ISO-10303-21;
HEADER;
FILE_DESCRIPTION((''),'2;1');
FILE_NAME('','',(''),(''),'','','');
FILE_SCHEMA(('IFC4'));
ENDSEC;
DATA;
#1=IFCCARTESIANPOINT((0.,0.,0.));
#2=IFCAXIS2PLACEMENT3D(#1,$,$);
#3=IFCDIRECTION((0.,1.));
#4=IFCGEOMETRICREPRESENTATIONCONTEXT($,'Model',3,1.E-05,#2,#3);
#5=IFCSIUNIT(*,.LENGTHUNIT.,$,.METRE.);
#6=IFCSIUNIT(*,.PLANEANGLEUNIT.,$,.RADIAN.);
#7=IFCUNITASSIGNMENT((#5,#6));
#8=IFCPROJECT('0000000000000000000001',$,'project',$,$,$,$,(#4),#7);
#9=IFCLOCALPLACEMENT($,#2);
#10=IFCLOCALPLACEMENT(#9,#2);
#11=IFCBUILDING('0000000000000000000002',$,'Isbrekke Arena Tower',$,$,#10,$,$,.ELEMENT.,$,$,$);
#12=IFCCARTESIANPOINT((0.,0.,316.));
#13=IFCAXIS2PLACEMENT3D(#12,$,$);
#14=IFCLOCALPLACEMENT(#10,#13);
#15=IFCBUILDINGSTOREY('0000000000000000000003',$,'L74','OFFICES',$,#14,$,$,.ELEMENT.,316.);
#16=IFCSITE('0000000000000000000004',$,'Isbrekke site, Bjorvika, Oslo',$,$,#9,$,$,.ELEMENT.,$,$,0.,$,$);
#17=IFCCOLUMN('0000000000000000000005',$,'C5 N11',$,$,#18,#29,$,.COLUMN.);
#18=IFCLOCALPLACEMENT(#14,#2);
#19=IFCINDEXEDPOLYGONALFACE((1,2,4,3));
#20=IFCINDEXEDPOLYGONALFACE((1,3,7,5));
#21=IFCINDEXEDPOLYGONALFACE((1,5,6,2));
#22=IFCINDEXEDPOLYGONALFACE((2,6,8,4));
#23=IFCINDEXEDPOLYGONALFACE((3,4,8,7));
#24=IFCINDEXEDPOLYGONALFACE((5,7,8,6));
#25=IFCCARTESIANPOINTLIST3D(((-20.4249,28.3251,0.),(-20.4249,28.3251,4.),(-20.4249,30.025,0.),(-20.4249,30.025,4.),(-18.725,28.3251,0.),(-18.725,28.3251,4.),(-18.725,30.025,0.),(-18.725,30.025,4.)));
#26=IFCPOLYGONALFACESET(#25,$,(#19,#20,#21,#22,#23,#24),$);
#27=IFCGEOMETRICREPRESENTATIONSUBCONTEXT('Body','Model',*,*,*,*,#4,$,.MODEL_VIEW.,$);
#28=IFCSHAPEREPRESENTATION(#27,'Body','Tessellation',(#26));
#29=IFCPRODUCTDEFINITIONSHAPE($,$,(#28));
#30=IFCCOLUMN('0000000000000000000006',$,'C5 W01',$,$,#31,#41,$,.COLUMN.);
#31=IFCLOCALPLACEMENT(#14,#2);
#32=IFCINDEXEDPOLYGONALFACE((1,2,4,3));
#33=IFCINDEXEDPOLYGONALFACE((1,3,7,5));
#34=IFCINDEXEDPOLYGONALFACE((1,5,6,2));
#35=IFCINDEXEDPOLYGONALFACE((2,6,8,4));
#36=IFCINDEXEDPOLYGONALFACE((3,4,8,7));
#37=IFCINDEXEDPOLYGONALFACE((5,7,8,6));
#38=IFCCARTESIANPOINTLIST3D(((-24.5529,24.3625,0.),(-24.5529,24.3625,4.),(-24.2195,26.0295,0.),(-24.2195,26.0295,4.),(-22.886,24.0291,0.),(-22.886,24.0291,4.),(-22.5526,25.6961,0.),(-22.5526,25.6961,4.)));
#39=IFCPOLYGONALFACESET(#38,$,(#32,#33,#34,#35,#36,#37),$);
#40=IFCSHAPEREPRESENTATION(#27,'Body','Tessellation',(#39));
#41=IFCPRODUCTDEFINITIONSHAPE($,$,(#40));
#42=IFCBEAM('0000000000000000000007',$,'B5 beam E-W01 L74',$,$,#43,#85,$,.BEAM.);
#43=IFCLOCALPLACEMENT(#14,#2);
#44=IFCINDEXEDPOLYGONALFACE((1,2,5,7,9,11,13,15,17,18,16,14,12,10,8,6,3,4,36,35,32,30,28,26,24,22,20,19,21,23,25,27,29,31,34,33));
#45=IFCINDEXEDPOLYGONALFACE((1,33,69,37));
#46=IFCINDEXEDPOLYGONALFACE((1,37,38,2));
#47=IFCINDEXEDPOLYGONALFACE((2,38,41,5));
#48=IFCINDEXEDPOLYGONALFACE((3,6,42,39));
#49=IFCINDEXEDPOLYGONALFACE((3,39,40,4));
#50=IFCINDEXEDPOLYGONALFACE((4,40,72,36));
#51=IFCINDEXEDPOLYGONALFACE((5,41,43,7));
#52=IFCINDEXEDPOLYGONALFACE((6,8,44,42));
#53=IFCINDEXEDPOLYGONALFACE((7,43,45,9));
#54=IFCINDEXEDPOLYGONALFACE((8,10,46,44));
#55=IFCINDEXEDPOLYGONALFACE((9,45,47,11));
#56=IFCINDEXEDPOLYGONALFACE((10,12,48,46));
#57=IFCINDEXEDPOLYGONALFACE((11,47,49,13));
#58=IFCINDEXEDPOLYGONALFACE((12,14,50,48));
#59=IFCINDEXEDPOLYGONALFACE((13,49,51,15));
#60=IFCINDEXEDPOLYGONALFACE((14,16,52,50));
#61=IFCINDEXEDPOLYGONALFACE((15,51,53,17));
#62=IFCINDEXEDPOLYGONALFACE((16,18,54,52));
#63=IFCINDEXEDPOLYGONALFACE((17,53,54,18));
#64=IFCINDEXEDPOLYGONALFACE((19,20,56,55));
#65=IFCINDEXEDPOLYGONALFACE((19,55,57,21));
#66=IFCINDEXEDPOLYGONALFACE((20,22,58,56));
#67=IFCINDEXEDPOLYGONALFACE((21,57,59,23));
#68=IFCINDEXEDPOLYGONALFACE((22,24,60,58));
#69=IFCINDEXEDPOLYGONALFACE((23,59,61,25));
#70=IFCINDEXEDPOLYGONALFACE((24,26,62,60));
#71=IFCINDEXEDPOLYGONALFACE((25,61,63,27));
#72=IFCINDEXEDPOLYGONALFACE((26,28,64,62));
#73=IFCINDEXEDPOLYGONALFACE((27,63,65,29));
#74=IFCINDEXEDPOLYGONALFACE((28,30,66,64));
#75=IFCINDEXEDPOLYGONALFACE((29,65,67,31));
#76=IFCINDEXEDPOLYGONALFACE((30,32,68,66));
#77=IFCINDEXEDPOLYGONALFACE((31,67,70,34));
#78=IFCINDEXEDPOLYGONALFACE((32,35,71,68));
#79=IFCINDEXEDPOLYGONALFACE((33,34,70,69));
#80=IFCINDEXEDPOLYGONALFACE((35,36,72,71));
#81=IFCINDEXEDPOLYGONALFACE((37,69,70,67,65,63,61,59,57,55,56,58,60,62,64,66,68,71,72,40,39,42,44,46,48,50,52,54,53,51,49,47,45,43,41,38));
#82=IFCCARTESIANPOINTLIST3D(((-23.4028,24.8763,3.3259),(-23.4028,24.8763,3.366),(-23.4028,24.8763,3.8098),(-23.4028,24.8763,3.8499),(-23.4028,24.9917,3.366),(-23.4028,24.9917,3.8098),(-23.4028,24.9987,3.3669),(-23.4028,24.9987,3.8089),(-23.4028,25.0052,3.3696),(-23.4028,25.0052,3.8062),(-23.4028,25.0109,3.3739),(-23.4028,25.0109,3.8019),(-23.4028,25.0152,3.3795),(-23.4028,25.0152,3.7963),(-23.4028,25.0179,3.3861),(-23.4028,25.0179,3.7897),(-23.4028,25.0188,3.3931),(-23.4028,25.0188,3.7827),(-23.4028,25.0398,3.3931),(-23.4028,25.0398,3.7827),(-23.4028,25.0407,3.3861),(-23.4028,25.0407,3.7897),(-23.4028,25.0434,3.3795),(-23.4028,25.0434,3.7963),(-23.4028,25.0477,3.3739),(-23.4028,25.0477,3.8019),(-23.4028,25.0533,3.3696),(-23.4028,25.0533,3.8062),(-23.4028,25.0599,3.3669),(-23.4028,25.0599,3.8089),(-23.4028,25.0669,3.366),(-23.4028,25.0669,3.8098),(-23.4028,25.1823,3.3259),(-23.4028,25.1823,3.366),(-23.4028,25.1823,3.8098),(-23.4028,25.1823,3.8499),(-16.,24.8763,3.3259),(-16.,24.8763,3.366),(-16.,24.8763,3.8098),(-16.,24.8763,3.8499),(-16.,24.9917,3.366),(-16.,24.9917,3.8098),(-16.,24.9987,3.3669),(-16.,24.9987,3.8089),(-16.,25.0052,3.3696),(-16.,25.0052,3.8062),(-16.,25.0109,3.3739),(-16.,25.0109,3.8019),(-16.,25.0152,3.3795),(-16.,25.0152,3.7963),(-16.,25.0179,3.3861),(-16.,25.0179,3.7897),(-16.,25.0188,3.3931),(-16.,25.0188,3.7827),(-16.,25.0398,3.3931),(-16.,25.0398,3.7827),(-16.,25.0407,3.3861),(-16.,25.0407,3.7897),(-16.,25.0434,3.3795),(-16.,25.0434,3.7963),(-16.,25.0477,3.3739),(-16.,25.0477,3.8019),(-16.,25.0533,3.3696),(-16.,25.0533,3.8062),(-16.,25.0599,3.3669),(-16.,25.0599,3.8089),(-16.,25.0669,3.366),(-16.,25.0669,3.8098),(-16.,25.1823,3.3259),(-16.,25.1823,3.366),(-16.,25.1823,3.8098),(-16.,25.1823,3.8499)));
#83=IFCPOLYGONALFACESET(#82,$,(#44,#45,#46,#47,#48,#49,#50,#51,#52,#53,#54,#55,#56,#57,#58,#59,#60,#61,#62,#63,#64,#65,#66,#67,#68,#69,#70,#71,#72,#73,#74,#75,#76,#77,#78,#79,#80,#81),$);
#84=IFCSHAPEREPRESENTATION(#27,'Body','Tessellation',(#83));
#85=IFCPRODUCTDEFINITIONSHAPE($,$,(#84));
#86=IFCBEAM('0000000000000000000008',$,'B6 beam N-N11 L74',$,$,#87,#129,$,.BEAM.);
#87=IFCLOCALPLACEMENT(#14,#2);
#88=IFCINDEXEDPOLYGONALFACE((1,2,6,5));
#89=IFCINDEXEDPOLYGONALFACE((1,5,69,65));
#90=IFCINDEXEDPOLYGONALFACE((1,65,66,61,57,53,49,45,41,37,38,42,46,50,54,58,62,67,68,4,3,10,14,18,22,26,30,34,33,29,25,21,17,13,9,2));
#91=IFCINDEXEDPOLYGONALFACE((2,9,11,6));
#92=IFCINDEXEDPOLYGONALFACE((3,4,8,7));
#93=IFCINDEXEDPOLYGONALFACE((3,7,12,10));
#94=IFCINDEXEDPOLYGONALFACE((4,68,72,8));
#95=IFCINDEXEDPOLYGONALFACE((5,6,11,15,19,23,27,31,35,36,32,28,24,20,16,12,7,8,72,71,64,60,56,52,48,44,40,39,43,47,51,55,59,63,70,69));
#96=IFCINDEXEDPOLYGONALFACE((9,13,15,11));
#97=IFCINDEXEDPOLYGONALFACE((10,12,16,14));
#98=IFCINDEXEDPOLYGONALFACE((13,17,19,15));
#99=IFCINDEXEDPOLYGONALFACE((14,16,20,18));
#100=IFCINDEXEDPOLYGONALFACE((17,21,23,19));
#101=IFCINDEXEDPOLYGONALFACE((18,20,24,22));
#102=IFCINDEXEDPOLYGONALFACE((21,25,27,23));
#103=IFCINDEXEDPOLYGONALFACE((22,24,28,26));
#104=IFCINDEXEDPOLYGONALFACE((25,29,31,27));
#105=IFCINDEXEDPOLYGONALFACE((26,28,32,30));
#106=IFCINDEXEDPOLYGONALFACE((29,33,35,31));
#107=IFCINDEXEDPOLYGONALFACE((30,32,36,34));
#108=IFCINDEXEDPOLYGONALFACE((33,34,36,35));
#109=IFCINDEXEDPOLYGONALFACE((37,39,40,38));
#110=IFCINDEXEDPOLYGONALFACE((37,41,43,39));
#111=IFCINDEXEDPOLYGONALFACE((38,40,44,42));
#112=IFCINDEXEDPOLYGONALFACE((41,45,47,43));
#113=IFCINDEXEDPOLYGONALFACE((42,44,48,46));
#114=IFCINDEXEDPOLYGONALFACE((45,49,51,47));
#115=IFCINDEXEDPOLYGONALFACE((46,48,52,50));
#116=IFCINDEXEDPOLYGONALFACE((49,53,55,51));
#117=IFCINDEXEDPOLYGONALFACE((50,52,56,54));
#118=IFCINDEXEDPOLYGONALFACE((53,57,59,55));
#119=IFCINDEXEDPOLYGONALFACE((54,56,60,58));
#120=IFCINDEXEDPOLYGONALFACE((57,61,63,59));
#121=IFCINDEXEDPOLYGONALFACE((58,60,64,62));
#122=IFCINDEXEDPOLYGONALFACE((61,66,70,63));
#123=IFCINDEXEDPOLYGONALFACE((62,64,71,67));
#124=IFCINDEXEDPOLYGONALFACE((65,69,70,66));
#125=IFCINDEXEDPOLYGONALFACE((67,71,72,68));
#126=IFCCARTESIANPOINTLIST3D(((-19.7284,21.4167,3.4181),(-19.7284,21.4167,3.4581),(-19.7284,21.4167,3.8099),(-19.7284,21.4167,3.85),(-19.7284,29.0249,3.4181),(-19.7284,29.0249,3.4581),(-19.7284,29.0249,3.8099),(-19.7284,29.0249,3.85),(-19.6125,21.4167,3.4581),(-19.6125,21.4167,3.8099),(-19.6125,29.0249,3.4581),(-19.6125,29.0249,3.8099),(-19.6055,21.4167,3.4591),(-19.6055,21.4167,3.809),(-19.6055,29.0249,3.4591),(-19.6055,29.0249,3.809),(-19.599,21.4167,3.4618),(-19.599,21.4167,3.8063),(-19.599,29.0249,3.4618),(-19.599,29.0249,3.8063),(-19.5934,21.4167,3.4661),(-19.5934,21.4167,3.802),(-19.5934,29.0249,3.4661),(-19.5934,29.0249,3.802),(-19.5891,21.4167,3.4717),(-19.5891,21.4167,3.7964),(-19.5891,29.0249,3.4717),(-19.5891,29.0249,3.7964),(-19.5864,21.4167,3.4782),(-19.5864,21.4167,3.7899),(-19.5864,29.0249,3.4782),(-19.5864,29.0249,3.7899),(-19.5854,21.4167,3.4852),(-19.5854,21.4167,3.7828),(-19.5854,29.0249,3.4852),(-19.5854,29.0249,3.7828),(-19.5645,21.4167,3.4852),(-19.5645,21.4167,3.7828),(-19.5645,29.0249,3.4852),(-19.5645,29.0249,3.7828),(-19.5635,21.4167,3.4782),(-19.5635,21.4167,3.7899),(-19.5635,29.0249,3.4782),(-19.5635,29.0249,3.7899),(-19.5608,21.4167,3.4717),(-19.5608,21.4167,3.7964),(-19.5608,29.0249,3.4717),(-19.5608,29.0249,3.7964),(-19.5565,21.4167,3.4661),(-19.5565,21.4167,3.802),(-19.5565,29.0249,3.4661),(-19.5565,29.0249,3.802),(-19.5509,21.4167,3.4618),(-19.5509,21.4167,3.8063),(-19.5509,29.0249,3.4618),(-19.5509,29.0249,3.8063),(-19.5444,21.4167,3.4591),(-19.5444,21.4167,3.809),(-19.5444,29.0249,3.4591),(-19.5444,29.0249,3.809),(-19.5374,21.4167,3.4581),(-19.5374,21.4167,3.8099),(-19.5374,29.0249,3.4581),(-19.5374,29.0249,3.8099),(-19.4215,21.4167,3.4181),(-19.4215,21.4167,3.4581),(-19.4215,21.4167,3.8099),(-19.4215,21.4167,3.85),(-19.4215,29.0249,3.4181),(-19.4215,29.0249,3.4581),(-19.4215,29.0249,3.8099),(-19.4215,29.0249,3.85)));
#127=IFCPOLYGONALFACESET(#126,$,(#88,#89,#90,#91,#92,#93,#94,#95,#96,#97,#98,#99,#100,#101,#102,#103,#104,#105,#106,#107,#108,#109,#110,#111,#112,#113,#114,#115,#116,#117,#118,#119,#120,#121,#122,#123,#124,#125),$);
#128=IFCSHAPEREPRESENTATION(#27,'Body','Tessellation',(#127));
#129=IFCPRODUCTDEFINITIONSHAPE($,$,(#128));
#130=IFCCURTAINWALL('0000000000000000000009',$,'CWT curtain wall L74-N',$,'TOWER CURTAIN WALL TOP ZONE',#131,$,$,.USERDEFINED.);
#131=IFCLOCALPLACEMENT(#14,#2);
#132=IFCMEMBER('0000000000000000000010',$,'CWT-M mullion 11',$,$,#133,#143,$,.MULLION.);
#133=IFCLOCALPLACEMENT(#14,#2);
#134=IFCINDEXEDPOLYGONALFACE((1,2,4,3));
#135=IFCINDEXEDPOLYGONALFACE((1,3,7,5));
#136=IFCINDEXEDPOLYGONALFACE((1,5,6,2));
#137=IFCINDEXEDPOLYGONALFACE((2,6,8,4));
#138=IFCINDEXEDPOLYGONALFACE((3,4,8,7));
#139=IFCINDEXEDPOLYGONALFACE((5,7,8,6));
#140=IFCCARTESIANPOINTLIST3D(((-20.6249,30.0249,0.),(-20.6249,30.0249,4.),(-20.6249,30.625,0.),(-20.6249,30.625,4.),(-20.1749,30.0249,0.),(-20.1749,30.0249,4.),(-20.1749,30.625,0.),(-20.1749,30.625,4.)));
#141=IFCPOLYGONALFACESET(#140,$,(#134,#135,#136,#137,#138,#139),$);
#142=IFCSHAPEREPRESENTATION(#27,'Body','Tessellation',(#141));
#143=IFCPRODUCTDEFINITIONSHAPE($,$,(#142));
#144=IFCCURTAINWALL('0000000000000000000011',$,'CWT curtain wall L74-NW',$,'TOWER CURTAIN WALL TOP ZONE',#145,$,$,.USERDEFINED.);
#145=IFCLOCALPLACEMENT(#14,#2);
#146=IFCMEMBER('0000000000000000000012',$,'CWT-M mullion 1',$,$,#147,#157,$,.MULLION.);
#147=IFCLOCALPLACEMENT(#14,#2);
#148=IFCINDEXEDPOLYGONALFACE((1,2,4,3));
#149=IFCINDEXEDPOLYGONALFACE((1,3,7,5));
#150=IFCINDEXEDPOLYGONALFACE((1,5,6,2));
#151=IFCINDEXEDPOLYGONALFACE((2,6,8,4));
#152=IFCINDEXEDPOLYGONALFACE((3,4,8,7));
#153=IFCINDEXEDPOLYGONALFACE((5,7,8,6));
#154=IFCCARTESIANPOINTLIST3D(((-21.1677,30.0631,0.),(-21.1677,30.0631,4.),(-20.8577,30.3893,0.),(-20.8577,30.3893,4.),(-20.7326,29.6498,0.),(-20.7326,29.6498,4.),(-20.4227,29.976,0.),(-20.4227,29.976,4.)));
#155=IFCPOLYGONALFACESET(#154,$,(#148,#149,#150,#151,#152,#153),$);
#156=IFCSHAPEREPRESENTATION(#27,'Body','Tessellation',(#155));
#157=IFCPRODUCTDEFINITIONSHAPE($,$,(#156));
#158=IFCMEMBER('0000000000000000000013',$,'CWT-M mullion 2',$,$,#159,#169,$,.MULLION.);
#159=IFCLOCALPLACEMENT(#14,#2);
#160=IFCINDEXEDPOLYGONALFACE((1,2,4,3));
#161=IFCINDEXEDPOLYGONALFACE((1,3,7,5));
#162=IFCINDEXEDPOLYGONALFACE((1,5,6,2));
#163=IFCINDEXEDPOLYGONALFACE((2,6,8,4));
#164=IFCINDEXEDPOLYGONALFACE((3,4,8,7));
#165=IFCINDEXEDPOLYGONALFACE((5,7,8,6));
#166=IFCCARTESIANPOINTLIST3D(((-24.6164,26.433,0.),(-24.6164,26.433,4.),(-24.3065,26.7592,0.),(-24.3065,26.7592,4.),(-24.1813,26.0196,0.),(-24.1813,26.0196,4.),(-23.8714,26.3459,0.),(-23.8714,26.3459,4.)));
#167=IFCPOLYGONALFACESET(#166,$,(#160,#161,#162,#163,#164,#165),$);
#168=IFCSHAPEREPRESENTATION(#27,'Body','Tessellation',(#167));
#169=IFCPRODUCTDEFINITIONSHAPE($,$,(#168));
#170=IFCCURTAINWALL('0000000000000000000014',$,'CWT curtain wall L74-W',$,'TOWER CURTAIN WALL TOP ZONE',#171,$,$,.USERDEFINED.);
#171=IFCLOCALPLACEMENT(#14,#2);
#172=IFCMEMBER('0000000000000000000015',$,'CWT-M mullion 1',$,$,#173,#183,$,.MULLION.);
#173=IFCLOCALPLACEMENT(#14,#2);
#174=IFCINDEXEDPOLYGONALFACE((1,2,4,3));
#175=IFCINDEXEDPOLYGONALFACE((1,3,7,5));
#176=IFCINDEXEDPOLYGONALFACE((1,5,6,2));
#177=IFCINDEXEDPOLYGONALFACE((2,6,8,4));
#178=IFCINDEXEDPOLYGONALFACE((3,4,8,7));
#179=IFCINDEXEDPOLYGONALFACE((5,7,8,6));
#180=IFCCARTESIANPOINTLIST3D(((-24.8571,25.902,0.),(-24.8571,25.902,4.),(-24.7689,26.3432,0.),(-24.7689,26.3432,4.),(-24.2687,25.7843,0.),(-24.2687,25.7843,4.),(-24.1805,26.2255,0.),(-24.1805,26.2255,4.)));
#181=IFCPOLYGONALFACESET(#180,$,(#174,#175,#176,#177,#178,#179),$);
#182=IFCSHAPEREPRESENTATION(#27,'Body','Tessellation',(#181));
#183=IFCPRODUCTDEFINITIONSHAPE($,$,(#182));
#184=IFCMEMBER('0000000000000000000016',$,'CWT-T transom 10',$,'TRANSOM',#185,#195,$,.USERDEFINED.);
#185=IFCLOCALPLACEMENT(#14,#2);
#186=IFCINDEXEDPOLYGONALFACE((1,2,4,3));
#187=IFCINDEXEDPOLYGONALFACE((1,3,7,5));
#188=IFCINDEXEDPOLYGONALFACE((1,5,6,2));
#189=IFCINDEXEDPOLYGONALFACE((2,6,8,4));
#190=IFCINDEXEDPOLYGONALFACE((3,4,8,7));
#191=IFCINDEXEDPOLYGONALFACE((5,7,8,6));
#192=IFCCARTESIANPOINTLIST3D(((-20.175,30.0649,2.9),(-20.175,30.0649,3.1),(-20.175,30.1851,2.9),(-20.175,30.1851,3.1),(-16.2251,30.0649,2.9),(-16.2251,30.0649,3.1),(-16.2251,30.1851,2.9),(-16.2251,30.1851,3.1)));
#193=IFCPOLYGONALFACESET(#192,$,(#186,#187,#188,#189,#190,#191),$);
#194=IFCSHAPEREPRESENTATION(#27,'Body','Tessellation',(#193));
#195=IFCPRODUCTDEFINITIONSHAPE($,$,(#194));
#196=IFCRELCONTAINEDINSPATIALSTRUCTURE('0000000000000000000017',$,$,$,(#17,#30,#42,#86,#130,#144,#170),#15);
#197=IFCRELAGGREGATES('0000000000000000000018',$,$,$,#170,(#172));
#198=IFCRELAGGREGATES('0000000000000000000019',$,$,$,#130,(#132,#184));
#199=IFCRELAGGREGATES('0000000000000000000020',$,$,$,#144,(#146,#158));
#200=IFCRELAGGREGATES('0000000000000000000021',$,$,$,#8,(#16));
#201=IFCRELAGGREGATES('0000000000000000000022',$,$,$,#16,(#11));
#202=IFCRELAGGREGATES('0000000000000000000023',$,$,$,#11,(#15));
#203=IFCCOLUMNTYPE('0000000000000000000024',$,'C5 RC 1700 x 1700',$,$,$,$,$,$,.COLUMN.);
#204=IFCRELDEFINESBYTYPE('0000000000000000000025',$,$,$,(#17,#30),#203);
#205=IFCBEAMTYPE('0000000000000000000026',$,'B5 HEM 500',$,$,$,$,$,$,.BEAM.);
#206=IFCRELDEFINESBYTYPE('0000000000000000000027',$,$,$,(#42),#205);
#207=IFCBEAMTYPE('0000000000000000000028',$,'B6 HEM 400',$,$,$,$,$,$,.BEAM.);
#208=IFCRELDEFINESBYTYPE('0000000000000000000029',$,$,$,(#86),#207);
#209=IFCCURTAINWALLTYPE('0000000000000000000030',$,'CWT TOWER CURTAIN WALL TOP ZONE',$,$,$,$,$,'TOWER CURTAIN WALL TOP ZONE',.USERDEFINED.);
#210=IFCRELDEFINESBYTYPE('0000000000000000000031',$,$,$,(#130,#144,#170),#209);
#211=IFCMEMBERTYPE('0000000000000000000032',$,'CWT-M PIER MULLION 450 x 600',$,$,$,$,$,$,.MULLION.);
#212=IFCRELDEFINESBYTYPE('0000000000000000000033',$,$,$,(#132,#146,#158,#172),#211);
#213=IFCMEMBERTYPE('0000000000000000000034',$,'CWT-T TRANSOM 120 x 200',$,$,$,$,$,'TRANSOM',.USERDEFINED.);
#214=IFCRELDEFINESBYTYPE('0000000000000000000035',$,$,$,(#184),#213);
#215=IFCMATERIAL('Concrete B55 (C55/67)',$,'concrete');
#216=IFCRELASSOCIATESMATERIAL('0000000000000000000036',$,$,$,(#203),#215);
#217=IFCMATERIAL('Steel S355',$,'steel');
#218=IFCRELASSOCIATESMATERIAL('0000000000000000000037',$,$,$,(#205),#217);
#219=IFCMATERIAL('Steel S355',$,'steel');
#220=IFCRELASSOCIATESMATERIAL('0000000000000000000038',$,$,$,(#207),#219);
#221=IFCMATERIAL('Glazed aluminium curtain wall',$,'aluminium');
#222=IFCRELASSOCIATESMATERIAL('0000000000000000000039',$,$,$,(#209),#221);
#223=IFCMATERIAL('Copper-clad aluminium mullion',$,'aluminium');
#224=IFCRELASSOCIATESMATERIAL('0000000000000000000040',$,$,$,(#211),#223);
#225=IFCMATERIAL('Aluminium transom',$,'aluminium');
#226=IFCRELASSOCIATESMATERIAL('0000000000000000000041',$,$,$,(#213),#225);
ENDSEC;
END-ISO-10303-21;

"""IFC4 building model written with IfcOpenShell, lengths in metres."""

from ifc_helpers import new_model, si_unit, direction, frame, origin, origin_2d, place, context, subcontext, project, spatial, rectangle, i_section, extrude, material, material_profile, profile_set, type_object, element, aggregate, save


model = new_model("IFC4")

# Units and contexts
model_context = context("Model", 3, precision=1e-05, world=origin(), true_north=direction((0.0, 1.0)))
body_context = subcontext(model_context, "Body", "Model", "MODEL_VIEW")
ifc_project = project(units=[si_unit("LENGTHUNIT", "METRE"), si_unit("PLANEANGLEUNIT", "RADIAN")], contexts=[model_context])

# Site, building, storey
site_placement = place(None, origin())
site = spatial("IfcSite", under=ifc_project, at=site_placement, Name="Isbrekke site, Bjorvika, Oslo", CompositionType="ELEMENT", RefElevation=0.0)
building_placement = place(site_placement, origin())
building = spatial("IfcBuilding", under=site, at=building_placement, Name="Isbrekke Arena Tower", CompositionType="ELEMENT")
storey_placement = place(building_placement, frame((0.0, 0.0, 316.0)))
storey = spatial("IfcBuildingStorey", under=building, at=storey_placement, Name="L74", Description="OFFICES", CompositionType="ELEMENT", Elevation=316.0)

# Columns
ifc_material_1 = material(Name="Concrete B55 (C55/67)", Category="concrete")
ifc_material_profile_1 = material_profile(ifc_material_1, rectangle(XDim=1.7, YDim=1.7, at=origin_2d()), Name="RC 1700x1700")
ifc_profile_set_1 = profile_set([ifc_material_profile_1], Name="Concrete B55 (C55/67)")
column_type = type_object("IfcColumnType", Name="C5 RC 1700 x 1700", PredefinedType="COLUMN", material=ifc_profile_set_1)
for number, where, z_axis, x_axis, name in (
    (1, (-19.575, 29.175, 0.0), (0.0, 0.0, 1.0), (-1.0, 0.0, 0.0), "C5 N11"),
    (2, (-23.5527, 25.0293, 0.0), (0.0, 0.0, 1.0), (-0.196116, -0.980581, 0.0), "C5 W01"),
):
    element("IfcColumn", number, at=place(storey_placement, frame(where, z_axis=z_axis, x_axis=x_axis)), inside=storey, type_object=column_type, Name=name, PredefinedType="COLUMN", context=body_context, shape_type="SweptSolid", body=[
        extrude(rectangle(XDim=1.7, YDim=1.7, at=origin_2d()), origin(), (0.0, 0.0, 1.0), 4.0),
    ])

# Beams
ifc_material_2 = material(Name="Steel S355", Category="steel")
ifc_material_profile_2 = material_profile(ifc_material_2, i_section(OverallWidth=0.3059, OverallDepth=0.5239, WebThickness=0.021, FlangeThickness=0.04, FilletRadius=0.0271, at=origin_2d()), Name="HEM 500")
ifc_profile_set_2 = profile_set([ifc_material_profile_2], Name="Steel S355")
beam_type_1 = type_object("IfcBeamType", Name="B5 HEM 500", PredefinedType="BEAM", material=ifc_profile_set_2)
beam_1_placement = place(storey_placement, frame((-23.4028, 25.0293, 3.5879), z_axis=(1.0, 0.0, 0.0), x_axis=(0.0, 1.0, 0.0)))
element("IfcBeam", 3, at=beam_1_placement, inside=storey, type_object=beam_type_1, Name="B5 beam E-W01 L74", PredefinedType="BEAM", context=body_context, shape_type="SweptSolid", body=[
    extrude(i_section(OverallWidth=0.3059, OverallDepth=0.5239, WebThickness=0.021, FlangeThickness=0.04, FilletRadius=0.0271, at=origin_2d()), origin(), (0.0, 0.0, 1.0), 7.4028),
])
ifc_material_3 = material(Name="Steel S355", Category="steel")
ifc_material_profile_3 = material_profile(ifc_material_3, i_section(OverallWidth=0.3069, OverallDepth=0.4319, WebThickness=0.021, FlangeThickness=0.04, FilletRadius=0.0271, at=origin_2d()), Name="HEM 400")
ifc_profile_set_3 = profile_set([ifc_material_profile_3], Name="Steel S355")
beam_type_2 = type_object("IfcBeamType", Name="B6 HEM 400", PredefinedType="BEAM", material=ifc_profile_set_3)
beam_2_placement = place(storey_placement, frame((-19.575, 29.0249, 3.634), z_axis=(0.0, -1.0, 0.0), x_axis=(1.0, 0.0, 0.0)))
element("IfcBeam", 4, at=beam_2_placement, inside=storey, type_object=beam_type_2, Name="B6 beam N-N11 L74", PredefinedType="BEAM", context=body_context, shape_type="SweptSolid", body=[
    extrude(i_section(OverallWidth=0.3069, OverallDepth=0.4319, WebThickness=0.021, FlangeThickness=0.04, FilletRadius=0.0271, at=origin_2d()), origin(), (0.0, 0.0, 1.0), 7.6082),
])

# Curtain wall, member
ifc_material_4 = material(Name="Glazed aluminium curtain wall", Category="aluminium")
curtain_wall_type = type_object("IfcCurtainWallType", Name="CWT TOWER CURTAIN WALL TOP ZONE", ElementType="TOWER CURTAIN WALL TOP ZONE", PredefinedType="USERDEFINED", material=ifc_material_4)
curtain_wall_1_placement = place(storey_placement, origin())
curtain_wall_1 = element("IfcCurtainWall", 5, at=curtain_wall_1_placement, inside=storey, type_object=curtain_wall_type, Name="CWT curtain wall L74-N", ObjectType="TOWER CURTAIN WALL TOP ZONE", PredefinedType="USERDEFINED")
ifc_material_5 = material(Name="Copper-clad aluminium mullion", Category="aluminium")
ifc_material_profile_4 = material_profile(ifc_material_5, rectangle(XDim=0.45, YDim=0.6001, at=origin_2d()), Name="PIER 450X600")
ifc_profile_set_4 = profile_set([ifc_material_profile_4], Name="Copper-clad aluminium mullion")
member_type_1 = type_object("IfcMemberType", Name="CWT-M PIER MULLION 450 x 600", PredefinedType="MULLION", material=ifc_profile_set_4)
member_1_placement = place(storey_placement, frame((-20.3999, 30.325, 0.0), z_axis=(0.0, 0.0, 1.0), x_axis=(-1.0, 0.0, 0.0)))
member_1 = element("IfcMember", 6, at=member_1_placement, type_object=member_type_1, Name="CWT-M mullion 11", PredefinedType="MULLION", context=body_context, shape_type="SweptSolid", body=[
    extrude(rectangle(XDim=0.45, YDim=0.6001, at=origin_2d()), origin(), (0.0, 0.0, 1.0), 4.0),
])

# Curtain wall, members
curtain_wall_2_placement = place(storey_placement, origin())
curtain_wall_2 = element("IfcCurtainWall", 7, at=curtain_wall_2_placement, inside=storey, type_object=curtain_wall_type, Name="CWT curtain wall L74-NW", ObjectType="TOWER CURTAIN WALL TOP ZONE", PredefinedType="USERDEFINED")
member_2_placement = place(storey_placement, frame((-20.7952, 30.0195, 0.0), z_axis=(0.0, 0.0, 1.0), x_axis=(-0.688749, -0.724999, 0.0)))
member_2 = element("IfcMember", 8, at=member_2_placement, type_object=member_type_1, Name="CWT-M mullion 1", PredefinedType="MULLION", context=body_context, shape_type="SweptSolid", body=[
    extrude(rectangle(XDim=0.45, YDim=0.6001, at=origin_2d()), origin(), (0.0, 0.0, 1.0), 4.0),
])
member_3_placement = place(storey_placement, frame((-24.2439, 26.3894, 0.0), z_axis=(0.0, 0.0, 1.0), x_axis=(-0.688749, -0.724999, 0.0)))
member_3 = element("IfcMember", 9, at=member_3_placement, type_object=member_type_1, Name="CWT-M mullion 2", PredefinedType="MULLION", context=body_context, shape_type="SweptSolid", body=[
    extrude(rectangle(XDim=0.45, YDim=0.6001, at=origin_2d()), origin(), (0.0, 0.0, 1.0), 4.0),
])

# Curtain wall, member
curtain_wall_3_placement = place(storey_placement, origin())
curtain_wall_3 = element("IfcCurtainWall", 10, at=curtain_wall_3_placement, inside=storey, type_object=curtain_wall_type, Name="CWT curtain wall L74-W", ObjectType="TOWER CURTAIN WALL TOP ZONE", PredefinedType="USERDEFINED")
member_4_placement = place(storey_placement, frame((-24.5188, 26.0637, 0.0), z_axis=(0.0, 0.0, 1.0), x_axis=(-0.196116, -0.980581, 0.0)))
member_4 = element("IfcMember", 11, at=member_4_placement, type_object=member_type_1, Name="CWT-M mullion 1", PredefinedType="MULLION", context=body_context, shape_type="SweptSolid", body=[
    extrude(rectangle(XDim=0.45, YDim=0.6001, at=origin_2d()), origin(), (0.0, 0.0, 1.0), 4.0),
])

# Member
ifc_material_6 = material(Name="Aluminium transom", Category="aluminium")
ifc_material_profile_5 = material_profile(ifc_material_6, rectangle(XDim=0.1201, YDim=0.2, at=origin_2d()), Name="TRANSOM 120X200")
ifc_profile_set_5 = profile_set([ifc_material_profile_5], Name="Aluminium transom")
member_type_2 = type_object("IfcMemberType", Name="CWT-T TRANSOM 120 x 200", ElementType="TRANSOM", PredefinedType="USERDEFINED", material=ifc_profile_set_5)
member_5_placement = place(storey_placement, frame((-16.2251, 30.125, 3.0), z_axis=(-1.0, 0.0, 0.0), x_axis=(0.0, -1.0, 0.0)))
member_5 = element("IfcMember", 12, at=member_5_placement, type_object=member_type_2, Name="CWT-T transom 10", ObjectType="TRANSOM", PredefinedType="USERDEFINED", context=body_context, shape_type="SweptSolid", body=[
    extrude(rectangle(XDim=0.1201, YDim=0.2, at=origin_2d()), origin(), (0.0, 0.0, 1.0), 3.95),
])
aggregate(curtain_wall_3, [member_4])

aggregate(curtain_wall_1, [member_1, member_5])
aggregate(curtain_wall_2, [member_2, member_3])

save(model, "model.ifc")
